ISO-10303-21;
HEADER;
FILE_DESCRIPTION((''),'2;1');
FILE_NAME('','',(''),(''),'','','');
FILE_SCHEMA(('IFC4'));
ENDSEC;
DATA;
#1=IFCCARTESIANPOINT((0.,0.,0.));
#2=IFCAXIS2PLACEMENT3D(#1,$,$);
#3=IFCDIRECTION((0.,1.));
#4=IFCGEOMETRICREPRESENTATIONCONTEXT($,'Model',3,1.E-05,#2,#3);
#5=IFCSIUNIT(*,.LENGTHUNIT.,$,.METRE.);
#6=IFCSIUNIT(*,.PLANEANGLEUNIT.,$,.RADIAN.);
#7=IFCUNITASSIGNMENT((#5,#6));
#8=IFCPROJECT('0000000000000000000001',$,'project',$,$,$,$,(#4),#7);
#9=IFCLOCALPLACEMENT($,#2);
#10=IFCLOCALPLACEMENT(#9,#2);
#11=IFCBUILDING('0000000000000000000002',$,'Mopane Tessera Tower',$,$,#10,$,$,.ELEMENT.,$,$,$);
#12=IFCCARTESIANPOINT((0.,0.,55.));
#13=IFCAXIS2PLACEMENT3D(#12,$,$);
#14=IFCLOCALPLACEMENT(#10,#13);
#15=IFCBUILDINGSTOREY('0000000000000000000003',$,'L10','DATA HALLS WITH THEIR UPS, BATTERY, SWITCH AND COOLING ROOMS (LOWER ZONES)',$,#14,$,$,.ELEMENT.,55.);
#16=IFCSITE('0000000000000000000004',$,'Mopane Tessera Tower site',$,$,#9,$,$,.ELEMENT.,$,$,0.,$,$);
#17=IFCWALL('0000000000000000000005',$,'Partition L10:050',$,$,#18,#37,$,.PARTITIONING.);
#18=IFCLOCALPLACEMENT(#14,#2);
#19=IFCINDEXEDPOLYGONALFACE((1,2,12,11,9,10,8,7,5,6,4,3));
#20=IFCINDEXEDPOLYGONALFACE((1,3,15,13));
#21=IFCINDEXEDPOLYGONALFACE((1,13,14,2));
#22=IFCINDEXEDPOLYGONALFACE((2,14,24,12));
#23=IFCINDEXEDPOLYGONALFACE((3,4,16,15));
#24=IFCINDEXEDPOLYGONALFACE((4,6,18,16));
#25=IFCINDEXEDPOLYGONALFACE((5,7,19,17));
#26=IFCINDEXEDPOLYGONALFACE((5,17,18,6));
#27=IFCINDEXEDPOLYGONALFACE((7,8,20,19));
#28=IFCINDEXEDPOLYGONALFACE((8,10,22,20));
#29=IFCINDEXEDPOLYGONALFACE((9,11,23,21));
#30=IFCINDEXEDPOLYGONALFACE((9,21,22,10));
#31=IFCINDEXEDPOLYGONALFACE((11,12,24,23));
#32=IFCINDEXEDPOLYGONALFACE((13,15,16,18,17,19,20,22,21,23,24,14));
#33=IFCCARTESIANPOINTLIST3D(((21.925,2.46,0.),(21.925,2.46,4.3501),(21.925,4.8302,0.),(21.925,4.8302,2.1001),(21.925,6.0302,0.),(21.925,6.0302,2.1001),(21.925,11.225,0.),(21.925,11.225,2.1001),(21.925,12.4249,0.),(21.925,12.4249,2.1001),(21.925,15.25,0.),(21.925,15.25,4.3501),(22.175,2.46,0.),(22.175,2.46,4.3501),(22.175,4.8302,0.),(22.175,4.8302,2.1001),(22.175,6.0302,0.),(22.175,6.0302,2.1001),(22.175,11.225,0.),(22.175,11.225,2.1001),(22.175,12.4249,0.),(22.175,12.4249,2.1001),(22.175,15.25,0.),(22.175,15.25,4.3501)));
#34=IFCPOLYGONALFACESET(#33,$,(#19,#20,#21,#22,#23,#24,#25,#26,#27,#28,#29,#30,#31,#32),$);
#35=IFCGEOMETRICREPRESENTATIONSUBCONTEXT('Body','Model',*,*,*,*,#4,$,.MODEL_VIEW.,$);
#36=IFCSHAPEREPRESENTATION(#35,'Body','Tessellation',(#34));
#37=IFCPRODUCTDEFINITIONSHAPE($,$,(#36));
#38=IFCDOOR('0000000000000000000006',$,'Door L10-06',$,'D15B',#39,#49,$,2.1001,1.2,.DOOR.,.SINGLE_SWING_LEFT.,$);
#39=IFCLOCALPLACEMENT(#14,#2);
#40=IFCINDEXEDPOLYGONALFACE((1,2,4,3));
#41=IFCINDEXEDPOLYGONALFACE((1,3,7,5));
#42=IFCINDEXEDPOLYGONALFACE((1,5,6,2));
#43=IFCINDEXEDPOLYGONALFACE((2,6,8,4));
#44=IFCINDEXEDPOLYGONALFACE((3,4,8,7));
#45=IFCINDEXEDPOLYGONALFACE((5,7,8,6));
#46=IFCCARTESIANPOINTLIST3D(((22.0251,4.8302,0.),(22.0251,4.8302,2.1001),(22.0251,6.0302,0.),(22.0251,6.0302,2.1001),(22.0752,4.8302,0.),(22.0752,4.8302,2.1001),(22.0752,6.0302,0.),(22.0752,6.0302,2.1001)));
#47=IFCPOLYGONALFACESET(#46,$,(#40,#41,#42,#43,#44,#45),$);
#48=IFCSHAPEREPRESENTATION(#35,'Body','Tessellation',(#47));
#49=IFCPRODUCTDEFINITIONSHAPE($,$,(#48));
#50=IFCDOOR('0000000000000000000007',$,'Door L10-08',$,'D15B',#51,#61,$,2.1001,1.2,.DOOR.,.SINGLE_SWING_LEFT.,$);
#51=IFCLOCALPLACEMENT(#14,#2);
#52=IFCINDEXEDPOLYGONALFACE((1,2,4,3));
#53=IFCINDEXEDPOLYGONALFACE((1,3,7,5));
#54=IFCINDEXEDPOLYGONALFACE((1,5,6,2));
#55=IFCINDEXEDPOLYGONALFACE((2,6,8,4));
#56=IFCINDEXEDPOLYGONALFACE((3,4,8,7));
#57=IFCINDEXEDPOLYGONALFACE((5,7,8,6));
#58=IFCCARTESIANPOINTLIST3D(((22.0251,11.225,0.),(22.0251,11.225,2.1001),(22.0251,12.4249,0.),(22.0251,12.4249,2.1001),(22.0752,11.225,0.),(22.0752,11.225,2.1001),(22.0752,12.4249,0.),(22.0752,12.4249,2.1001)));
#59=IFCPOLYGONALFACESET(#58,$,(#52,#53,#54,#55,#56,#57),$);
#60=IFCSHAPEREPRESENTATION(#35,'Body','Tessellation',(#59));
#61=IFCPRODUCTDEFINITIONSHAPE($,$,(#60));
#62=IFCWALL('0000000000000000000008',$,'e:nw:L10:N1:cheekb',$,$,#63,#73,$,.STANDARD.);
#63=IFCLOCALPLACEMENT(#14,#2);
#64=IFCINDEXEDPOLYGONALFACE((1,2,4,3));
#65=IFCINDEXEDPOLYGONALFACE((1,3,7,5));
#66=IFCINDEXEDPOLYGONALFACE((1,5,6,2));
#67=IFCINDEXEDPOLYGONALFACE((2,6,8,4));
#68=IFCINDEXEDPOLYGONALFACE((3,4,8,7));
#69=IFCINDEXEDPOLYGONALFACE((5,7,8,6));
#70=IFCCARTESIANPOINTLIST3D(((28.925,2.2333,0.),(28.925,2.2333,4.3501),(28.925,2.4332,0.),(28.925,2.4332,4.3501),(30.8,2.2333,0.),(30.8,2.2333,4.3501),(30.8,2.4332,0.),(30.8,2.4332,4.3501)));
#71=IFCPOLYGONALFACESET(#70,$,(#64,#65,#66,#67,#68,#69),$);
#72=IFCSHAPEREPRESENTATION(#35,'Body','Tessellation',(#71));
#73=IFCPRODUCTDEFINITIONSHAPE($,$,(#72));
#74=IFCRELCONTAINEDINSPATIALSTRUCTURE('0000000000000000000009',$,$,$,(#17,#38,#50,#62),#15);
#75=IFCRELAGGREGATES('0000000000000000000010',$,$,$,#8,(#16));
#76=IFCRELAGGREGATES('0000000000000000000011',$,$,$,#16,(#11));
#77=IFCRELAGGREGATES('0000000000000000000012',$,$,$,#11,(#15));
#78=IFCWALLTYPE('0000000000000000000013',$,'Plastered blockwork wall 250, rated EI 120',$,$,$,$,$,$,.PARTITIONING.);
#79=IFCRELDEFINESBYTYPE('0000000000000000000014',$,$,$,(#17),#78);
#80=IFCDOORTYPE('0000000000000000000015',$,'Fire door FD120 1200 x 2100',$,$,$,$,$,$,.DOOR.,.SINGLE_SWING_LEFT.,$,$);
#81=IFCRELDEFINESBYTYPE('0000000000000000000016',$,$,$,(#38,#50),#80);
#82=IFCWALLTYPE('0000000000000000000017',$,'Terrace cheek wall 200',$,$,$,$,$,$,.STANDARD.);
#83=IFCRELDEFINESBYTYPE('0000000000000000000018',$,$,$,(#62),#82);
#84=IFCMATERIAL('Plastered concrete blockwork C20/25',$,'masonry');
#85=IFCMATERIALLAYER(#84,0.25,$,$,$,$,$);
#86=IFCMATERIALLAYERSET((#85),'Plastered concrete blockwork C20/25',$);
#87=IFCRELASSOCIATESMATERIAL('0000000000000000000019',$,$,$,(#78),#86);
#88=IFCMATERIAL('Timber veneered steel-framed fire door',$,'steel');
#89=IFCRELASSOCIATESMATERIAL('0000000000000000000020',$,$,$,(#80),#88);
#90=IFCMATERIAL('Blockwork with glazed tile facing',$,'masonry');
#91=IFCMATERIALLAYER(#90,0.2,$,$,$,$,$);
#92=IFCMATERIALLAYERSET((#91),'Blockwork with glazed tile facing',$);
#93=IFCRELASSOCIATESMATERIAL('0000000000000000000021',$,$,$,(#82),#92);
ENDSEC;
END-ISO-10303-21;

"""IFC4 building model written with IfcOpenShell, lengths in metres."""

from ifc_helpers import new_model, si_unit, direction, frame, frame_2d, origin, place, context, subcontext, project, spatial, rectangle, extrude, material, layer, layer_set, type_object, element, fill, save


model = new_model("IFC4")

# Units and contexts
model_context = context("Model", 3, precision=1e-05, world=origin(), true_north=direction((0.0, 1.0)))
body_context = subcontext(model_context, "Body", "Model", "MODEL_VIEW")
ifc_project = project(units=[si_unit("LENGTHUNIT", "METRE"), si_unit("PLANEANGLEUNIT", "RADIAN")], contexts=[model_context])

# Site, building, storey
site_placement = place(None, origin())
site = spatial("IfcSite", under=ifc_project, at=site_placement, Name="Mopane Tessera Tower site", CompositionType="ELEMENT", RefElevation=0.0)
building_placement = place(site_placement, origin())
building = spatial("IfcBuilding", under=site, at=building_placement, Name="Mopane Tessera Tower", CompositionType="ELEMENT")
storey_placement = place(building_placement, frame((0.0, 0.0, 55.0)))
storey = spatial("IfcBuildingStorey", under=building, at=storey_placement, Name="L10", Description="DATA HALLS WITH THEIR UPS, BATTERY, SWITCH AND COOLING ROOMS (LOWER ZONES)", CompositionType="ELEMENT", Elevation=55.0)

# Shared definitions
ifc_material_1 = material(Name="Plastered concrete blockwork C20/25", Category="masonry")
ifc_layer_1 = layer(ifc_material_1, 0.25)
ifc_layer_set_1 = layer_set([ifc_layer_1], Name="Plastered concrete blockwork C20/25")
wall_type_1 = type_object("IfcWallType", Name="Plastered blockwork wall 250, rated EI 120", PredefinedType="PARTITIONING", material=ifc_layer_set_1)

# Wall, openings, doors
wall_1_placement = place(storey_placement, frame((22.05, 2.46, 0.0), z_axis=(0.0, 0.0, 1.0), x_axis=(0.0, 1.0, 0.0)))
wall_1 = element("IfcWall", 1, at=wall_1_placement, inside=storey, type_object=wall_type_1, Name="Partition L10:050", PredefinedType="PARTITIONING", context=body_context, shape_type="SweptSolid", body=[
    extrude(rectangle(XDim=12.79, YDim=0.25, at=frame_2d((6.395, 0.0))), origin(), (0.0, 0.0, 1.0), 4.3501),
])
opening_1_placement = place(wall_1_placement, frame((2.3701, 0.0, 0.0)))
opening_1 = element("IfcOpeningElement", 2, at=opening_1_placement, cuts=wall_1, PredefinedType="OPENING", context=body_context, shape_type="SweptSolid", body=[
    extrude(rectangle(XDim=1.2, YDim=2.1001, at=frame_2d((0.6001, 1.05))), frame((0.0, 0.137, 0.0), z_axis=(0.0, -1.0, 0.0), x_axis=(1.0, 0.0, 0.0)), (0.0, 0.0, 1.0), 0.2739),
])
opening_2_placement = place(wall_1_placement, frame((8.7649, 0.0, 0.0)))
opening_2 = element("IfcOpeningElement", 3, at=opening_2_placement, cuts=wall_1, PredefinedType="OPENING", context=body_context, shape_type="SweptSolid", body=[
    extrude(rectangle(XDim=1.2, YDim=2.1001, at=frame_2d((0.6001, 1.05))), frame((0.0, 0.137, 0.0), z_axis=(0.0, -1.0, 0.0), x_axis=(1.0, 0.0, 0.0)), (0.0, 0.0, 1.0), 0.2739),
])
ifc_material_2 = material(Name="Timber veneered steel-framed fire door", Category="steel")
door_type_1 = type_object("IfcDoorType", Name="Fire door FD120 1200 x 2100", OperationType="SINGLE_SWING_LEFT", PredefinedType="DOOR", material=ifc_material_2)
door_1_placement = place(opening_1_placement, origin())
door_1 = element("IfcDoor", 4, at=door_1_placement, inside=storey, type_object=door_type_1, Name="Door L10-06", ObjectType="D15B", OperationType="SINGLE_SWING_LEFT", OverallHeight=2.1001, OverallWidth=1.2, PredefinedType="DOOR", context=body_context, shape_type="SweptSolid", body=[
    extrude(rectangle(XDim=1.2, YDim=2.1001, at=frame_2d((0.6001, 1.05))), frame((0.0, 0.0249, 0.0), z_axis=(0.0, -1.0, 0.0), x_axis=(1.0, 0.0, 0.0)), (0.0, 0.0, 1.0), 0.05),
])
fill(opening_1, door_1)
door_2_placement = place(opening_2_placement, origin())
door_2 = element("IfcDoor", 5, at=door_2_placement, inside=storey, type_object=door_type_1, Name="Door L10-08", ObjectType="D15B", OperationType="SINGLE_SWING_LEFT", OverallHeight=2.1001, OverallWidth=1.2, PredefinedType="DOOR", context=body_context, shape_type="SweptSolid", body=[
    extrude(rectangle(XDim=1.2, YDim=2.1001, at=frame_2d((0.6001, 1.05))), frame((0.0, 0.0249, 0.0), z_axis=(0.0, -1.0, 0.0), x_axis=(1.0, 0.0, 0.0)), (0.0, 0.0, 1.0), 0.05),
])
fill(opening_2, door_2)

# Wall
ifc_material_3 = material(Name="Blockwork with glazed tile facing", Category="masonry")
ifc_layer_2 = layer(ifc_material_3, 0.2)
ifc_layer_set_2 = layer_set([ifc_layer_2], Name="Blockwork with glazed tile facing")
wall_type_2 = type_object("IfcWallType", Name="Terrace cheek wall 200", PredefinedType="STANDARD", material=ifc_layer_set_2)
wall_2_placement = place(storey_placement, frame((30.8, 2.3333, 0.0), z_axis=(0.0, 0.0, 1.0), x_axis=(-1.0, 0.0, 0.0)))
element("IfcWall", 6, at=wall_2_placement, inside=storey, type_object=wall_type_2, Name="e:nw:L10:N1:cheekb", PredefinedType="STANDARD", context=body_context, shape_type="SweptSolid", body=[
    extrude(rectangle(XDim=1.875, YDim=0.2, at=frame_2d((0.9375, 0.0))), origin(), (0.0, 0.0, 1.0), 4.3501),
])

save(model, "model.ifc")
